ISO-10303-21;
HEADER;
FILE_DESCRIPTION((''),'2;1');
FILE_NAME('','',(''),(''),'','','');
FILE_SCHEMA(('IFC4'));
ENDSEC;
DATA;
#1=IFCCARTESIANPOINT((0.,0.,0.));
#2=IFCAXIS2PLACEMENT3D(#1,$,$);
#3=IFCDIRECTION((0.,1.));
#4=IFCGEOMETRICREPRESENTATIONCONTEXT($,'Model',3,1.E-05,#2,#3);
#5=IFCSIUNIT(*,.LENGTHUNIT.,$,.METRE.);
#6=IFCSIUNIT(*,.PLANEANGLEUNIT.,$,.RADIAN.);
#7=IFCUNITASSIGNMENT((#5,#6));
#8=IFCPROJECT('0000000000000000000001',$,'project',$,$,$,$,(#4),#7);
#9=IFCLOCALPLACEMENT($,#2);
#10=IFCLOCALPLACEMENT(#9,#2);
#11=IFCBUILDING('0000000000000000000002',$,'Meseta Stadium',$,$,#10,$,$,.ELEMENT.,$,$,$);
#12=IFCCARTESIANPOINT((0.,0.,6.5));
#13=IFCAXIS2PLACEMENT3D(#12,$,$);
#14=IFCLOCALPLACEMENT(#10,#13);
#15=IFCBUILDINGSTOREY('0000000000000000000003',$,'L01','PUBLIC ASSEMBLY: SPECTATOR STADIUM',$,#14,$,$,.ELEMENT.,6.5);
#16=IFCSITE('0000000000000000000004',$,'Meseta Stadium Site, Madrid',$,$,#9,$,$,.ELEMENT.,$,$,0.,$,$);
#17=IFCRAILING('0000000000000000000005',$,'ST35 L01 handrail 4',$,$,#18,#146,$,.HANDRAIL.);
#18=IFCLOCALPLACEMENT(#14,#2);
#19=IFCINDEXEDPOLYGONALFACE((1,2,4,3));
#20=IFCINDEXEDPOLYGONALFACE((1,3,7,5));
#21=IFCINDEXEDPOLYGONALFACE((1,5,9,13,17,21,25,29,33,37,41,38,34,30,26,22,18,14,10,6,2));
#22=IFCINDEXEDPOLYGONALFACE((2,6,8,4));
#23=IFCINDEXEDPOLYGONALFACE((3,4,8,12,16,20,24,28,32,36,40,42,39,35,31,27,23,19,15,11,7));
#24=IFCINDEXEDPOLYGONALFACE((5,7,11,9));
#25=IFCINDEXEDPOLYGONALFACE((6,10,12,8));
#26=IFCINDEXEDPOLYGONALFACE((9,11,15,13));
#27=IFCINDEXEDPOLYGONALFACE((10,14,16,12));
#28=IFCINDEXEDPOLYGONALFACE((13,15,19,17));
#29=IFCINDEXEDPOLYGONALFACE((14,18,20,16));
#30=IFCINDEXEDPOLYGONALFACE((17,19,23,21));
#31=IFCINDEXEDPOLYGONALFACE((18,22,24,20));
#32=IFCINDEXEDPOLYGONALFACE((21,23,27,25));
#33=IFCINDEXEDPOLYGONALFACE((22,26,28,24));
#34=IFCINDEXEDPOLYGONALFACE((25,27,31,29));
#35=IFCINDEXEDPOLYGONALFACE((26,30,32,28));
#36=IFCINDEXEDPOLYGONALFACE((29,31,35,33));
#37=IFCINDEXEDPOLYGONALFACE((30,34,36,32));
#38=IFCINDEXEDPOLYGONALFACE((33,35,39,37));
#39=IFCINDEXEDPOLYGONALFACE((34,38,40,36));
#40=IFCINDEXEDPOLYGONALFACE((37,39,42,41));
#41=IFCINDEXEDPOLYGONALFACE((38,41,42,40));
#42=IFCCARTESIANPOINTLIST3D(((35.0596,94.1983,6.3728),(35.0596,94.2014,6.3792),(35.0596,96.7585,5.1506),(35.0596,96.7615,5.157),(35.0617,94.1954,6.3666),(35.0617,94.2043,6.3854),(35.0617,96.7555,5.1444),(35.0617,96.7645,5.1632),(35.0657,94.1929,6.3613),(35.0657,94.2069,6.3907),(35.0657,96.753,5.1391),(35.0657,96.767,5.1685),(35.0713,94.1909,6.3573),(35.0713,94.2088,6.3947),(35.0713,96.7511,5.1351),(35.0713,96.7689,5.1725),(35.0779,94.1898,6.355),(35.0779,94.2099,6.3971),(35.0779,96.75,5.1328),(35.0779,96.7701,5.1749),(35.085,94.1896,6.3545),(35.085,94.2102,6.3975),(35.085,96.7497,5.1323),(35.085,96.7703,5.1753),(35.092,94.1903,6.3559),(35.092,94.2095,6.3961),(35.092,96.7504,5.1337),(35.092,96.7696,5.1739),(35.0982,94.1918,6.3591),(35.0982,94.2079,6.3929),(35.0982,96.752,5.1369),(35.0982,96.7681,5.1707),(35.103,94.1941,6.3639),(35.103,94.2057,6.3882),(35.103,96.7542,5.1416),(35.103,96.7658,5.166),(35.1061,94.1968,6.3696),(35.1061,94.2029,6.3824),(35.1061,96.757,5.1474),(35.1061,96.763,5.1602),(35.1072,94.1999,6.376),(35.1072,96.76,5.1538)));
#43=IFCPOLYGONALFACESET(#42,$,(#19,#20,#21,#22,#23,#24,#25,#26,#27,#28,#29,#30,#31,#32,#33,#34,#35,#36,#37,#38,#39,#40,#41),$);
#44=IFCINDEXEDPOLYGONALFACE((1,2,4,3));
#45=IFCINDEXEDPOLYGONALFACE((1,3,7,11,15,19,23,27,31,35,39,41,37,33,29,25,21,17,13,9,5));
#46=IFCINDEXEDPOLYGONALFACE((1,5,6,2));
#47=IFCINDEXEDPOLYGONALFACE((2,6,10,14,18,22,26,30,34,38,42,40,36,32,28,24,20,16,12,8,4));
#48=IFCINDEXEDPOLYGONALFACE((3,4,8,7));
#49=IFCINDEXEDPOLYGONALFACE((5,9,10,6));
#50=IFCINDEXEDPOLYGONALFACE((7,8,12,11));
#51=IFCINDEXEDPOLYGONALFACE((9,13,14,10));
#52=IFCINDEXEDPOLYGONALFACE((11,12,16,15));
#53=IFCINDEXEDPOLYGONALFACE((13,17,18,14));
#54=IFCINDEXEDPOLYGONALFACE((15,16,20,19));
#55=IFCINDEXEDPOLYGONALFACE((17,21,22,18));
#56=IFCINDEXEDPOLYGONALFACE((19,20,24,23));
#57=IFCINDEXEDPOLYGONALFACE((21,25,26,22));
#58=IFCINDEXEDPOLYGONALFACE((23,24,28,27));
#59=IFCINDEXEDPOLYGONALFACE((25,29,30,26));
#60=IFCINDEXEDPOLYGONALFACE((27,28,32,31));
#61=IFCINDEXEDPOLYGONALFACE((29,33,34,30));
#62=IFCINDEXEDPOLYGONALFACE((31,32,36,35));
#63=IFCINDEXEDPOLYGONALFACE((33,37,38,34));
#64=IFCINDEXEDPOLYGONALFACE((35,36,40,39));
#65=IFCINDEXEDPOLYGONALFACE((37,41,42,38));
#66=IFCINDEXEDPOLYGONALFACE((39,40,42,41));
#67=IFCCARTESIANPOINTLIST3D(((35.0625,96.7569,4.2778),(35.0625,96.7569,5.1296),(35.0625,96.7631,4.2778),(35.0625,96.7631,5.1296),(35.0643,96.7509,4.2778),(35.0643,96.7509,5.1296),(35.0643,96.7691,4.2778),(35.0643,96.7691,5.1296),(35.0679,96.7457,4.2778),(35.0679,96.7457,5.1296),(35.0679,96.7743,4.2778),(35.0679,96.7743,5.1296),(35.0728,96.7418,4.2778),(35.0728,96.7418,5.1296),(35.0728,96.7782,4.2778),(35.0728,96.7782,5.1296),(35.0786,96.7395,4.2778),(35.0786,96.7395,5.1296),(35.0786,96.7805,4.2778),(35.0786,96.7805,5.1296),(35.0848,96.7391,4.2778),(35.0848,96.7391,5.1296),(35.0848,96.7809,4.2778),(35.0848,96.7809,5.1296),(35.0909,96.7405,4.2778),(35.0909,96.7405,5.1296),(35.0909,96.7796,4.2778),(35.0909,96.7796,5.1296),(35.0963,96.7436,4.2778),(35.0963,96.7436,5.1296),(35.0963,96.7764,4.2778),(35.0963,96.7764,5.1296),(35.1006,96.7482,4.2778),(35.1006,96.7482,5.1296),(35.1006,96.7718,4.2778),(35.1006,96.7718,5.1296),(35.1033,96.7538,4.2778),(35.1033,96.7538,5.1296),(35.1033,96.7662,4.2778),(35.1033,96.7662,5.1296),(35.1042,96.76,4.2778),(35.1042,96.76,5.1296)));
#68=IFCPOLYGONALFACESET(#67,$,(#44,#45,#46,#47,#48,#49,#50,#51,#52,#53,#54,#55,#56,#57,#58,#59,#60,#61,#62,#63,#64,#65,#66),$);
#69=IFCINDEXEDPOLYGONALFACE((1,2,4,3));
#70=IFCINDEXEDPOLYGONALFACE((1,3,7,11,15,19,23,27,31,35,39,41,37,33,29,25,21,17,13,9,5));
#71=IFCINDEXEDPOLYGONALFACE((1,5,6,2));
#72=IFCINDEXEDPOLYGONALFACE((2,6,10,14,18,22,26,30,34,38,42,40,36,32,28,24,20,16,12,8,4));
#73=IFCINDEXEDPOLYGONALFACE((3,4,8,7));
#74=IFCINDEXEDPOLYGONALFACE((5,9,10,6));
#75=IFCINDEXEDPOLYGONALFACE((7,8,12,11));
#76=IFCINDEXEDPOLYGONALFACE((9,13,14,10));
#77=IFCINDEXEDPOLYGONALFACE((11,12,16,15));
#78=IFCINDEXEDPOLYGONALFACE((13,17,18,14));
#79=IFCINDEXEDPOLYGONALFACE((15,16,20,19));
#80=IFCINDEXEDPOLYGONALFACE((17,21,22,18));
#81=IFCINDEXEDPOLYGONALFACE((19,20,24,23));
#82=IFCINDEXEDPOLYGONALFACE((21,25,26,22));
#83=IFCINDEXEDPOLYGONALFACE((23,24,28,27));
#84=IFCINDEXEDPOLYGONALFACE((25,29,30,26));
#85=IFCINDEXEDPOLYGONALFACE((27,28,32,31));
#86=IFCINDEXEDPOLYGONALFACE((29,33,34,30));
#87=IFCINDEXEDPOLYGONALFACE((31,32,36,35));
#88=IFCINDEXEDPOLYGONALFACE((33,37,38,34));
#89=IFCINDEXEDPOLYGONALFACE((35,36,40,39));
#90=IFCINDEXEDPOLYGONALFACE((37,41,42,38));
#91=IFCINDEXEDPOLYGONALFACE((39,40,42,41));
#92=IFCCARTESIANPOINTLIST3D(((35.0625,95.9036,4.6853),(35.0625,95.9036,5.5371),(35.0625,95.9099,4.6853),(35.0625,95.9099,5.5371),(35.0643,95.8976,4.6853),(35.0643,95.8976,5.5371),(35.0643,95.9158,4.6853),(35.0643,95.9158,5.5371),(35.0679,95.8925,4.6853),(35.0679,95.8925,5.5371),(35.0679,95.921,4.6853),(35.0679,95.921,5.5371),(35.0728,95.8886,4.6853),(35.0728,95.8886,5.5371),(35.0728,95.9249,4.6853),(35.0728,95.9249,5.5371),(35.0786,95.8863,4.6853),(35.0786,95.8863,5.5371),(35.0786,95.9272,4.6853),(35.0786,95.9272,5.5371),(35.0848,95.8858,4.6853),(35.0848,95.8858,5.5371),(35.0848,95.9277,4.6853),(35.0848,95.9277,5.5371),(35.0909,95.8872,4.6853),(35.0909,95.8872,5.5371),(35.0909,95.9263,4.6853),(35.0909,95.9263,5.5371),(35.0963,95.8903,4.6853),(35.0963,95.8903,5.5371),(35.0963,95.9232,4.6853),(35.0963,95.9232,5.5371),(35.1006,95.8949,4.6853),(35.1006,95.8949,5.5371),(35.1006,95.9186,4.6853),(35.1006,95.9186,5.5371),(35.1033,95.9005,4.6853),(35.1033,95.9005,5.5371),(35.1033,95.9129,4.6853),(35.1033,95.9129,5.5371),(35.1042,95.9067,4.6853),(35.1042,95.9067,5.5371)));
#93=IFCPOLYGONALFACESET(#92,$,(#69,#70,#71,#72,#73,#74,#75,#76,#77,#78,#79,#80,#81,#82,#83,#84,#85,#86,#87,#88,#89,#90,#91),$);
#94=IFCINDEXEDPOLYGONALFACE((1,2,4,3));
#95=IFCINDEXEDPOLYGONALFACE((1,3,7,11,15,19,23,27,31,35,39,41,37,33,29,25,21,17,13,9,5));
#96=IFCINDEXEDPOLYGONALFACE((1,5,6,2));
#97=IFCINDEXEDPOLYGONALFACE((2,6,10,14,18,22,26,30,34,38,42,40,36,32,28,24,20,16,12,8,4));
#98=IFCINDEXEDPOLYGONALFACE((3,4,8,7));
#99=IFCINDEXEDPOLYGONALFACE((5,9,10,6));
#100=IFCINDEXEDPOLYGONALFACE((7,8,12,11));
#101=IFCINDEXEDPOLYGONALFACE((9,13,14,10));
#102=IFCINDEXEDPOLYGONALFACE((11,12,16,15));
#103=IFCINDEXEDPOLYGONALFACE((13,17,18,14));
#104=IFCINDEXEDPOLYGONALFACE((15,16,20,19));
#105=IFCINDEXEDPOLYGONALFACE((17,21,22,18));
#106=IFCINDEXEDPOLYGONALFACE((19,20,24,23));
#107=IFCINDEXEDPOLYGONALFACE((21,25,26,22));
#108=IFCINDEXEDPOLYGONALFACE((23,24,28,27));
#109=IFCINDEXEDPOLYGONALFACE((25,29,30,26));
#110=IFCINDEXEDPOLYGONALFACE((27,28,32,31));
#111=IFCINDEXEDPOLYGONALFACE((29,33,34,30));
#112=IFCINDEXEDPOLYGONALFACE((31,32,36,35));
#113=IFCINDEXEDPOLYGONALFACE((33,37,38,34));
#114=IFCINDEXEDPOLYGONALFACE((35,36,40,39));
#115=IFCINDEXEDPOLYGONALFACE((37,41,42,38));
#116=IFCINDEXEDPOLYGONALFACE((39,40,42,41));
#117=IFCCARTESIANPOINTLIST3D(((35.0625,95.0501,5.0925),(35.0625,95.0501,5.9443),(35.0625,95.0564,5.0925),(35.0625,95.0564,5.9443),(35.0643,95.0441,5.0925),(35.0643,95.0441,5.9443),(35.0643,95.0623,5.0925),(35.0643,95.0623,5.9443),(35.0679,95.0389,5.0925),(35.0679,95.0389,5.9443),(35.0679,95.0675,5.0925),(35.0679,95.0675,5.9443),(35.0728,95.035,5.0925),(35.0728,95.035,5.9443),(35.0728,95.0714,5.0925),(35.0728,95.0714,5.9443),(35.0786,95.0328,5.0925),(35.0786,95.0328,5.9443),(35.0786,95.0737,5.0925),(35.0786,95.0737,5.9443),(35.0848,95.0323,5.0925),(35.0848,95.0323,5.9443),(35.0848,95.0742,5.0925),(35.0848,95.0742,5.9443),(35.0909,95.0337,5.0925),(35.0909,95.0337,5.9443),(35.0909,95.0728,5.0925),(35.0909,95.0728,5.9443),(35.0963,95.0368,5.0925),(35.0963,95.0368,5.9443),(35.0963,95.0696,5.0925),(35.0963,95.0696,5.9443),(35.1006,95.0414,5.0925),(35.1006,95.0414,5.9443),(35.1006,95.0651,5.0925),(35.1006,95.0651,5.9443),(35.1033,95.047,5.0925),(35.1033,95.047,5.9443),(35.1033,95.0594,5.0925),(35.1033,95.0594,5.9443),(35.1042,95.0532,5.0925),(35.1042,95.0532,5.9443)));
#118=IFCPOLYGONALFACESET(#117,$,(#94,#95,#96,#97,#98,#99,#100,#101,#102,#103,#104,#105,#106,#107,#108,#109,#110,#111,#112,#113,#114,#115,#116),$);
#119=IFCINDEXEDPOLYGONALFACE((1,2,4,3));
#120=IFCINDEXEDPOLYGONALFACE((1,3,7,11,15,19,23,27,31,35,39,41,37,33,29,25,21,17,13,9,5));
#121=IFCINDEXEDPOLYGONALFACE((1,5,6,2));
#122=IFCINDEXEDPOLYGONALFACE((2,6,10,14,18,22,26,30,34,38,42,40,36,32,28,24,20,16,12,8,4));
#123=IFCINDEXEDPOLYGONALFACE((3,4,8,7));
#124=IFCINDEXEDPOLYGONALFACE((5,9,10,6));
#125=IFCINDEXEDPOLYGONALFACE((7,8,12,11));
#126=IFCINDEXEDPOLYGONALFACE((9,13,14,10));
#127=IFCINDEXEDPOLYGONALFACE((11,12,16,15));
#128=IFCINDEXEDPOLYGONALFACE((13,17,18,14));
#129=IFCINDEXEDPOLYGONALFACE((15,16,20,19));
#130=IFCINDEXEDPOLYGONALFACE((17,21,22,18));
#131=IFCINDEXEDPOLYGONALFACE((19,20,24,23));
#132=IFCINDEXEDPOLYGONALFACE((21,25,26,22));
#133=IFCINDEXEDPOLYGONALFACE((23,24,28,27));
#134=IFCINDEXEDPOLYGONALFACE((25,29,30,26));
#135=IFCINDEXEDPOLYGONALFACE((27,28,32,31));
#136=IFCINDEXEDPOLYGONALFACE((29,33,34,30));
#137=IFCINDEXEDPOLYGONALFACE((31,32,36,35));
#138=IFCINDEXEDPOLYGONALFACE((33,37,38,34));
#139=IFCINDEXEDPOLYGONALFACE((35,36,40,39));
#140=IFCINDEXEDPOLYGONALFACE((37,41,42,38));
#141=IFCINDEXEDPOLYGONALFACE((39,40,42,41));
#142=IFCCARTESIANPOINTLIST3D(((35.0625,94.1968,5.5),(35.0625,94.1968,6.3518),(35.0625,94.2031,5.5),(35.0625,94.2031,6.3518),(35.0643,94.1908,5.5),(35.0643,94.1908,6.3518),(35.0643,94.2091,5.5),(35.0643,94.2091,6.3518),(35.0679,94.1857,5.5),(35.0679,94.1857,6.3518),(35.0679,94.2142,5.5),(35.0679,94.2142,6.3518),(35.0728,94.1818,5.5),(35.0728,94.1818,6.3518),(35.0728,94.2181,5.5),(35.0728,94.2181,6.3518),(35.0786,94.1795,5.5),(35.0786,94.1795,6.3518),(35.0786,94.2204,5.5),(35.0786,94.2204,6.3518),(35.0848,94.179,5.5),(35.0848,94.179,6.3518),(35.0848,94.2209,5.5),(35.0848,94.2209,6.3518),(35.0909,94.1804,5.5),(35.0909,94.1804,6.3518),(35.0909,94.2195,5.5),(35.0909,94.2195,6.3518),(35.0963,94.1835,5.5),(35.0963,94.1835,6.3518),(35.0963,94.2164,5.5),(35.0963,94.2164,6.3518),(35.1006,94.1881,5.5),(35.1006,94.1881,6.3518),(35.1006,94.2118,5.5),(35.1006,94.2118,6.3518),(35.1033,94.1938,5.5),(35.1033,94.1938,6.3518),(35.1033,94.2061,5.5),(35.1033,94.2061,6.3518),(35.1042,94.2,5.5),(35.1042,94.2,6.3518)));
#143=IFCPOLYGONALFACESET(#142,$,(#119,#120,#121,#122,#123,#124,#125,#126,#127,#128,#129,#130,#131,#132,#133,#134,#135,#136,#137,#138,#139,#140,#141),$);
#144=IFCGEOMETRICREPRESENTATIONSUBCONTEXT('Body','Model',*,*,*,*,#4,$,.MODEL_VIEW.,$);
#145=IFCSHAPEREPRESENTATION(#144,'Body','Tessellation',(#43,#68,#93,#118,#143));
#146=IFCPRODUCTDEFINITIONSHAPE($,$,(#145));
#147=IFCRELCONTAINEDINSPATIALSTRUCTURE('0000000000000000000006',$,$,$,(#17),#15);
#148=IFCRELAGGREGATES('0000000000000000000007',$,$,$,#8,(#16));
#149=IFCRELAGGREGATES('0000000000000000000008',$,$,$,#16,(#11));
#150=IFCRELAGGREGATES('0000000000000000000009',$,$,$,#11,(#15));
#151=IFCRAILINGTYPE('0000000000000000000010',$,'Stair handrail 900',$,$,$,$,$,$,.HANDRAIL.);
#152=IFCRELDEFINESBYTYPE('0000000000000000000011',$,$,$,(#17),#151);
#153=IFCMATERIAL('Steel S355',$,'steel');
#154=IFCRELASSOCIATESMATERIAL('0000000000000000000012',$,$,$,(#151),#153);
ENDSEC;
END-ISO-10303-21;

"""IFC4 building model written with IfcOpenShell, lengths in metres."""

from ifc_helpers import new_model, si_unit, direction, frame, origin, origin_2d, place, context, subcontext, project, spatial, circle, extrude, material, type_object, element, save


model = new_model("IFC4")

# Units and contexts
model_context = context("Model", 3, precision=1e-05, world=origin(), true_north=direction((0.0, 1.0)))
body_context = subcontext(model_context, "Body", "Model", "MODEL_VIEW")
ifc_project = project(units=[si_unit("LENGTHUNIT", "METRE"), si_unit("PLANEANGLEUNIT", "RADIAN")], contexts=[model_context])

# Site, building, storey
site_placement = place(None, origin())
site = spatial("IfcSite", under=ifc_project, at=site_placement, Name="Meseta Stadium Site, Madrid", CompositionType="ELEMENT", RefElevation=0.0)
building_placement = place(site_placement, origin())
building = spatial("IfcBuilding", under=site, at=building_placement, Name="Meseta Stadium", CompositionType="ELEMENT")
storey_placement = place(building_placement, frame((0.0, 0.0, 6.5)))
storey = spatial("IfcBuildingStorey", under=building, at=storey_placement, Name="L01", Description="PUBLIC ASSEMBLY: SPECTATOR STADIUM", CompositionType="ELEMENT", Elevation=6.5)

# Railing
ifc_material_1 = material(Name="Steel S355", Category="steel")
railing_type_1 = type_object("IfcRailingType", Name="Stair handrail 900", PredefinedType="HANDRAIL", material=ifc_material_1)
for number, where, name in (
    (1, (35.0833, 96.76, 4.2778), "ST35 L01 handrail 4"),
):
    element("IfcRailing", number, at=place(storey_placement, frame(where)), inside=storey, type_object=railing_type_1, Name=name, PredefinedType="HANDRAIL", context=body_context, shape_type="SweptSolid", body=[
        extrude(circle(Radius=0.0239, at=origin_2d()), frame((0.0, 0.0, 0.876), z_axis=(0.0, -0.902437, 0.430822), x_axis=(1.0, 0.0, 0.0)), (0.0, 0.0, 1.0), 2.8369),
        extrude(circle(Radius=0.021, at=origin_2d()), origin(), (0.0, 0.0, 1.0), 0.8518),
        extrude(circle(Radius=0.021, at=origin_2d()), frame((0.0, -0.8533, 0.4075)), (0.0, 0.0, 1.0), 0.8518),
        extrude(circle(Radius=0.021, at=origin_2d()), frame((0.0, -1.7068, 0.8147)), (0.0, 0.0, 1.0), 0.8518),
        extrude(circle(Radius=0.021, at=origin_2d()), frame((0.0, -2.5601, 1.2222)), (0.0, 0.0, 1.0), 0.8518),
    ])

save(model, "model.ifc")
